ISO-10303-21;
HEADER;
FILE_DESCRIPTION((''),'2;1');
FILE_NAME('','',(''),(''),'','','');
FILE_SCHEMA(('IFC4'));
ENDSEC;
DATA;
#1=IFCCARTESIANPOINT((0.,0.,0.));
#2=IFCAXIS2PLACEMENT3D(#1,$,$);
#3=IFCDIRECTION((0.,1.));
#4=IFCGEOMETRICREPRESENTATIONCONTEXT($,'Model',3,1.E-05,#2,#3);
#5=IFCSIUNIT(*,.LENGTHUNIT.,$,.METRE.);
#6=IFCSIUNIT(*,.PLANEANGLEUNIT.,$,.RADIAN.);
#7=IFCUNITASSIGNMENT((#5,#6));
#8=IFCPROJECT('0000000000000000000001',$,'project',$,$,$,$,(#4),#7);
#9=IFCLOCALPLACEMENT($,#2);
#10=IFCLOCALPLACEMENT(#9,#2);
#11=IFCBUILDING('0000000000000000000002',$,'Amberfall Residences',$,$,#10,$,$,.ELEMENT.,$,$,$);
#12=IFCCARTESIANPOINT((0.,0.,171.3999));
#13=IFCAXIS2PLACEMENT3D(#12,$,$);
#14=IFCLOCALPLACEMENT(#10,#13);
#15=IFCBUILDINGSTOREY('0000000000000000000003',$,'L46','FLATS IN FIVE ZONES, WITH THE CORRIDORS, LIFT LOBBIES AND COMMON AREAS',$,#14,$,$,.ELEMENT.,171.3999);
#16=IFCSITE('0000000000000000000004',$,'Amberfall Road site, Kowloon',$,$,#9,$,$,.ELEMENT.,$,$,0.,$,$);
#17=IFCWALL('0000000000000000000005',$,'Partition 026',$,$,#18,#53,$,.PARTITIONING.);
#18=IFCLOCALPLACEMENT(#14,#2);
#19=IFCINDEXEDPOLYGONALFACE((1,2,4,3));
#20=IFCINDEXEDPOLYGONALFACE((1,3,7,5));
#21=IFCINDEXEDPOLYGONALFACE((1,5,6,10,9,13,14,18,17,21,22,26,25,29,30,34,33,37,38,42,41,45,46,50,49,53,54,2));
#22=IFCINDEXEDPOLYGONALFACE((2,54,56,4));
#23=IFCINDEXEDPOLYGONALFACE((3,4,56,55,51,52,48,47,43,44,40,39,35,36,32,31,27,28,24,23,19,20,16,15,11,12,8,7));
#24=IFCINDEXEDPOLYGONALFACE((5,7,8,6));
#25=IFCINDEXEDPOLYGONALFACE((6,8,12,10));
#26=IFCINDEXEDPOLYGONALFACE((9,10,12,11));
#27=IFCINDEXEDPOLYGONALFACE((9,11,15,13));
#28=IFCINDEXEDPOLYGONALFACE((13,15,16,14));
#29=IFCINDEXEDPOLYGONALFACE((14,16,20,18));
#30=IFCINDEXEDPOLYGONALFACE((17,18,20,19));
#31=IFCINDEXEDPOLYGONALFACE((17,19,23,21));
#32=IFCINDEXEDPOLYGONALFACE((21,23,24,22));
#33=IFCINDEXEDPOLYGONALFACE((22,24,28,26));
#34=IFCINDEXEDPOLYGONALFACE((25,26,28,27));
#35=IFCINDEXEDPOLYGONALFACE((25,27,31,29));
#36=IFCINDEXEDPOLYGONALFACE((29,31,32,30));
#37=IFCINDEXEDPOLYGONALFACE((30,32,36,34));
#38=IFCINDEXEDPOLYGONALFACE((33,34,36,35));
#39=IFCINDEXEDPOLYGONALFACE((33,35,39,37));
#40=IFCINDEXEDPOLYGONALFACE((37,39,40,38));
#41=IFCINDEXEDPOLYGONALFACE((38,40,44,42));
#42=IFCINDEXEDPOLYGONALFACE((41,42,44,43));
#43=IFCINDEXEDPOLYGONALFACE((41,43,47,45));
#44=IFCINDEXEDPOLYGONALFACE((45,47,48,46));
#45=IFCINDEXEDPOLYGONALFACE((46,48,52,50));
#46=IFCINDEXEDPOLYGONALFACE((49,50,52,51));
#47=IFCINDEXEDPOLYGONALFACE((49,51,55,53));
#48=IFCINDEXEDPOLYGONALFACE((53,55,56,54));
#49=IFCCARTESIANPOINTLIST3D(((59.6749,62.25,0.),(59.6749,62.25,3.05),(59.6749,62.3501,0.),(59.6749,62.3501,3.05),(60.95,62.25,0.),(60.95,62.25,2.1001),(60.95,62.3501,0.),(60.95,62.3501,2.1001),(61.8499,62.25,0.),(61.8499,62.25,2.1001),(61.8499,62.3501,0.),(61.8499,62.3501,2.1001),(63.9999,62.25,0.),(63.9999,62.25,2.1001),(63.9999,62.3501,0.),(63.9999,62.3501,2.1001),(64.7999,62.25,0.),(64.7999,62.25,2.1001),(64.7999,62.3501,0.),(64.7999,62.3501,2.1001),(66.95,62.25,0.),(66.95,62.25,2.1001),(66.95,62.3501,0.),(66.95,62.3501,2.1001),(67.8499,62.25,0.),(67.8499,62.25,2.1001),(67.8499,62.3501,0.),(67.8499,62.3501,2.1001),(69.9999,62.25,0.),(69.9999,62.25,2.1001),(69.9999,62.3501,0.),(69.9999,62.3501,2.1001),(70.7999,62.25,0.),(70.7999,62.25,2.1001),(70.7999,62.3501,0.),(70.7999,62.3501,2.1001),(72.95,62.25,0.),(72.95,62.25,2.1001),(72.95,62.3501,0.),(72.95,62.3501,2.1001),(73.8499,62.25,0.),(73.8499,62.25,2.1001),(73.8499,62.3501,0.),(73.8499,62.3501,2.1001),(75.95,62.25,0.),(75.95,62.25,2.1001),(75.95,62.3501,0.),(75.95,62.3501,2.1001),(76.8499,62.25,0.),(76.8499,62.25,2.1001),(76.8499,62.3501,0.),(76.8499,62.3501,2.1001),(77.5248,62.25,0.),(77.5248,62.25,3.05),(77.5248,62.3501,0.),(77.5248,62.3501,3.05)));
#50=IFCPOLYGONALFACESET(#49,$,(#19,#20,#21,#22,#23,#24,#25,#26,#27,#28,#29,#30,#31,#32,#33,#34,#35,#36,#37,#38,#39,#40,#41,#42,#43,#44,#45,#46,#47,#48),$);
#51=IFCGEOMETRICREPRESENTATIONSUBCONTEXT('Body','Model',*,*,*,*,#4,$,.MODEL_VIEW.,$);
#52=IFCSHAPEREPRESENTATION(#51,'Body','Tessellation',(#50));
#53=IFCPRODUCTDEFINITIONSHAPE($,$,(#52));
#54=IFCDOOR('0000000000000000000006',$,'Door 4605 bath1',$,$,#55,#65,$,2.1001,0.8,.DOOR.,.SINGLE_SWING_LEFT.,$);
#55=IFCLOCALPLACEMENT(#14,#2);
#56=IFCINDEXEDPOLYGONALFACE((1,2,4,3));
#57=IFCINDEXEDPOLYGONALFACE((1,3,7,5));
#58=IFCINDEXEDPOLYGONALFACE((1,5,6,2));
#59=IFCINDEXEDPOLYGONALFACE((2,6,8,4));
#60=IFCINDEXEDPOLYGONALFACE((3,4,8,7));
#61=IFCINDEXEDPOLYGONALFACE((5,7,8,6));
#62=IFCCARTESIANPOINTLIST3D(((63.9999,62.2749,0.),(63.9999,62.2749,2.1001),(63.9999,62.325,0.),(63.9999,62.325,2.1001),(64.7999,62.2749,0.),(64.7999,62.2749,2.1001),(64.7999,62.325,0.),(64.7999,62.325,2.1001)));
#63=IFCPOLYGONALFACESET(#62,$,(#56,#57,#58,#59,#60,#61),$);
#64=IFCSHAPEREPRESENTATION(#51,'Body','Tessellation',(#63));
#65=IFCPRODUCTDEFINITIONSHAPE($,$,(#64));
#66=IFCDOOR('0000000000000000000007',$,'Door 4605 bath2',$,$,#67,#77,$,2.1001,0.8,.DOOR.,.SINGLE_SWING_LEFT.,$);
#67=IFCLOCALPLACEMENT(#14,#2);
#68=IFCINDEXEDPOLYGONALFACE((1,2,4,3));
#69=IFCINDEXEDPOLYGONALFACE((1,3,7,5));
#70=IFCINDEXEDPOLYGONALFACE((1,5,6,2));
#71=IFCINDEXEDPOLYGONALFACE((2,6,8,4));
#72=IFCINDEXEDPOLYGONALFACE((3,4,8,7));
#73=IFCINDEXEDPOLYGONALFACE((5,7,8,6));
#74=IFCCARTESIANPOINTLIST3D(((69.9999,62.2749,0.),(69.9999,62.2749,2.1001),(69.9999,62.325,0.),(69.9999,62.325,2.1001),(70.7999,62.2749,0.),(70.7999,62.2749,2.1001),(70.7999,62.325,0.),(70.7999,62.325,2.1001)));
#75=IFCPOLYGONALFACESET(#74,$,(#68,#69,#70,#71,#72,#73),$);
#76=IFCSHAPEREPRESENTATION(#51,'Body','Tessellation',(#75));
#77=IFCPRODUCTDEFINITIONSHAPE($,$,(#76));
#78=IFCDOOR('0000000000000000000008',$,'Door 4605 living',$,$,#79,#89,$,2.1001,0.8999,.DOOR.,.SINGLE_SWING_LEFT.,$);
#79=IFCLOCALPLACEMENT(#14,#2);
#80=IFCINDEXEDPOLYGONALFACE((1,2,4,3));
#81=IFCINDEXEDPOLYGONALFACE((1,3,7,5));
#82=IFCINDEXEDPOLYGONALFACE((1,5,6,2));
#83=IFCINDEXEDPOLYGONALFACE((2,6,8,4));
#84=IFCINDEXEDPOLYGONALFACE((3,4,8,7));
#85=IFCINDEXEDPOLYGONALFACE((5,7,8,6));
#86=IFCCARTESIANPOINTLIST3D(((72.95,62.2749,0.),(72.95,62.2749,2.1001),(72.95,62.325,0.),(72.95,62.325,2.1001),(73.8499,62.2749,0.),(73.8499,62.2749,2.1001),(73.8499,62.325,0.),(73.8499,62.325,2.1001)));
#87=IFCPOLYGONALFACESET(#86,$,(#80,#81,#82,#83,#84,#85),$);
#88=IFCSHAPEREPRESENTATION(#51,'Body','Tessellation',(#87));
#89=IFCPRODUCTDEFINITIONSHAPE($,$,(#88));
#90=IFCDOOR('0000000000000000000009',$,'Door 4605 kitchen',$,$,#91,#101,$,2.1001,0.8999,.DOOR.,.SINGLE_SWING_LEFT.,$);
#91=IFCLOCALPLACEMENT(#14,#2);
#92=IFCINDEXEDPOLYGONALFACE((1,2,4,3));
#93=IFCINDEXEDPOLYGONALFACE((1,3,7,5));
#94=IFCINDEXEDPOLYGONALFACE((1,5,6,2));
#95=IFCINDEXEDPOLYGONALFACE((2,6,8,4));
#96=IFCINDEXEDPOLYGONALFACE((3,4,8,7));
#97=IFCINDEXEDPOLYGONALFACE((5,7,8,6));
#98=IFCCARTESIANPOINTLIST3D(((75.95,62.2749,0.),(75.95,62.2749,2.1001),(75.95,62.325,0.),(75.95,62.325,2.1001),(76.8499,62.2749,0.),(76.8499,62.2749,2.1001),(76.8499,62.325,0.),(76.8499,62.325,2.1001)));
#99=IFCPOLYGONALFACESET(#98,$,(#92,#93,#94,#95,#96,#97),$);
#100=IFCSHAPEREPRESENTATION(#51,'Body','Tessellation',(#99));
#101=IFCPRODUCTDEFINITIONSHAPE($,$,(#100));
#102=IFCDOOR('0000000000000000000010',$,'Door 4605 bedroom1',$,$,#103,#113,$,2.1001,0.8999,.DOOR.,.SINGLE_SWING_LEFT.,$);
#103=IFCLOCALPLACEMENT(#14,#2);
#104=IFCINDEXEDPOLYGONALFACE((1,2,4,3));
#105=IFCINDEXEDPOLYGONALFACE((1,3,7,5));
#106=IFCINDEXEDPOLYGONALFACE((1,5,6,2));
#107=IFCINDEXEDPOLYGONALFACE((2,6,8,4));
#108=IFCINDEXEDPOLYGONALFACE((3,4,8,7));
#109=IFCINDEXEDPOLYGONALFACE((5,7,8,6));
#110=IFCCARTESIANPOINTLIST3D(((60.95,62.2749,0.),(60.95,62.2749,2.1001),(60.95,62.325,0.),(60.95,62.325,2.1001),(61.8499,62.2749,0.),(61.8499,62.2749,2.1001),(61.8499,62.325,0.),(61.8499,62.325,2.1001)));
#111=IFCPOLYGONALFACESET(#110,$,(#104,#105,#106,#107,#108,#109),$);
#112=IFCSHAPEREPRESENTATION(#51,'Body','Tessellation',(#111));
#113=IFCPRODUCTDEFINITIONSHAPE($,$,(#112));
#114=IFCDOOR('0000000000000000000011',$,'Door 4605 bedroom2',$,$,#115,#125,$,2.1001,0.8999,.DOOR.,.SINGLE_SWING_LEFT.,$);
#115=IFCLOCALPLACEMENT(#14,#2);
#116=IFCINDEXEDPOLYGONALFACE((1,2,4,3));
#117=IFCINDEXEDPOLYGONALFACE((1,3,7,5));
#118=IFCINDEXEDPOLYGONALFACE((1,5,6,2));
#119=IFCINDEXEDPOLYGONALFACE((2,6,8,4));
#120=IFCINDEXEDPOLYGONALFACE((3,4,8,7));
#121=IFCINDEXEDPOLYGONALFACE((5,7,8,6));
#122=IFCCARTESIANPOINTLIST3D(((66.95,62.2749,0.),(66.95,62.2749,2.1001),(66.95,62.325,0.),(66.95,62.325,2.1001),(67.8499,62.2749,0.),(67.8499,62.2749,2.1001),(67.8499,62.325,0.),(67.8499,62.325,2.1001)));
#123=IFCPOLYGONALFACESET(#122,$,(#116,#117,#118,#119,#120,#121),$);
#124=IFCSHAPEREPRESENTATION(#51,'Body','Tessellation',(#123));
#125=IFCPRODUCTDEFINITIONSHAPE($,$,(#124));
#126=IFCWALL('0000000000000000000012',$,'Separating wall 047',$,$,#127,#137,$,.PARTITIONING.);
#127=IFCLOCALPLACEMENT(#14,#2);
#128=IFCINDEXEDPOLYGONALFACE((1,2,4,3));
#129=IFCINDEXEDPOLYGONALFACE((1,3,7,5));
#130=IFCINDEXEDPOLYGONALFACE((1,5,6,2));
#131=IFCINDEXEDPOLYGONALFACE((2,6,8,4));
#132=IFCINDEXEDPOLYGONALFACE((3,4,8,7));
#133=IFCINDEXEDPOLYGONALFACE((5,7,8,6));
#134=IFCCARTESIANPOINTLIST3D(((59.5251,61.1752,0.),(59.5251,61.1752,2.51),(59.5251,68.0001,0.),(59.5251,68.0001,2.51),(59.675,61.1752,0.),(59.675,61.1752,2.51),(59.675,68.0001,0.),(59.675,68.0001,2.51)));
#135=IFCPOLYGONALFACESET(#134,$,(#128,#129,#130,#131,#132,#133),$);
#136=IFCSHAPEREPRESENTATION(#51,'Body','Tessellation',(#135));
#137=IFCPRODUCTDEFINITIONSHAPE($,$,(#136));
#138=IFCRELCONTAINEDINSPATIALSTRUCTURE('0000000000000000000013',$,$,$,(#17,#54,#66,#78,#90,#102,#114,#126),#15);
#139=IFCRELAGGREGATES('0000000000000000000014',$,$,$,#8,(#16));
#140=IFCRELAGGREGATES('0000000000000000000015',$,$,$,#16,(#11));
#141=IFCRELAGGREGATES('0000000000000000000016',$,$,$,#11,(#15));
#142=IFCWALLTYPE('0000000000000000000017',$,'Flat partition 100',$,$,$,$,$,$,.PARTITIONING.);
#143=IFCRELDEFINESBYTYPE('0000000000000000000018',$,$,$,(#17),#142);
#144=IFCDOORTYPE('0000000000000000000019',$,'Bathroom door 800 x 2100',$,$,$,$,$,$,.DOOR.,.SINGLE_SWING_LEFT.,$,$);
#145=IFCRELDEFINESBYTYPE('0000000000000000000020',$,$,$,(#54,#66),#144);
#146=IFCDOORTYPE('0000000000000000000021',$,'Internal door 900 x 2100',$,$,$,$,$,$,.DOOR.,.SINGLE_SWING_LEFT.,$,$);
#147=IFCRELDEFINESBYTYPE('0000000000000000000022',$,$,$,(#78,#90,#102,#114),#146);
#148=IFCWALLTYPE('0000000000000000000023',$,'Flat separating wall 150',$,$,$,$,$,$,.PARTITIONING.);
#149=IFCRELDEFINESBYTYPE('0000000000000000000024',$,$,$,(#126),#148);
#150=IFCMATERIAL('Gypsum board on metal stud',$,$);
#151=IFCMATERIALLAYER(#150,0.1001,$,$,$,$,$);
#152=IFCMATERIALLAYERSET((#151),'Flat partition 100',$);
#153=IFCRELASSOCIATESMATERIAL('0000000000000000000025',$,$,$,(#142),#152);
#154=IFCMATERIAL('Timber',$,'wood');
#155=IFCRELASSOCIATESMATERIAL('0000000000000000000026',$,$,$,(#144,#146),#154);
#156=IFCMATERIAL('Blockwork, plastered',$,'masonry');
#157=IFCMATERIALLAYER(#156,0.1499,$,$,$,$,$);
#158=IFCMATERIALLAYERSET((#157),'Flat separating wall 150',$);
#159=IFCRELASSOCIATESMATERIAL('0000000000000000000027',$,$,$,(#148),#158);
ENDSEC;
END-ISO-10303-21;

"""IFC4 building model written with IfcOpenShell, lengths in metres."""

from ifc_helpers import new_model, si_unit, direction, frame, frame_2d, origin, place, context, subcontext, project, spatial, rectangle, extrude, material, layer, layer_set, type_object, element, fill, save


model = new_model("IFC4")

# Units and contexts
model_context = context("Model", 3, precision=1e-05, world=origin(), true_north=direction((0.0, 1.0)))
body_context = subcontext(model_context, "Body", "Model", "MODEL_VIEW")
ifc_project = project(units=[si_unit("LENGTHUNIT", "METRE"), si_unit("PLANEANGLEUNIT", "RADIAN")], contexts=[model_context])

# Site, building, storey
site_placement = place(None, origin())
site = spatial("IfcSite", under=ifc_project, at=site_placement, Name="Amberfall Road site, Kowloon", CompositionType="ELEMENT", RefElevation=0.0)
building_placement = place(site_placement, origin())
building = spatial("IfcBuilding", under=site, at=building_placement, Name="Amberfall Residences", CompositionType="ELEMENT")
storey_placement = place(building_placement, frame((0.0, 0.0, 171.3999)))
storey = spatial("IfcBuildingStorey", under=building, at=storey_placement, Name="L46", Description="FLATS IN FIVE ZONES, WITH THE CORRIDORS, LIFT LOBBIES AND COMMON AREAS", CompositionType="ELEMENT", Elevation=171.3999)

# Shared definitions
ifc_material_1 = material(Name="Gypsum board on metal stud")
ifc_layer_1 = layer(ifc_material_1, 0.1001)
ifc_layer_set_1 = layer_set([ifc_layer_1], Name="Flat partition 100")
wall_type_1 = type_object("IfcWallType", Name="Flat partition 100", PredefinedType="PARTITIONING", material=ifc_layer_set_1)

# Wall, openings, doors
wall_1_placement = place(storey_placement, frame((59.675, 62.3, 0.0), z_axis=(0.0, 0.0, 1.0), x_axis=(1.0, 0.0, 0.0)))
wall_1 = element("IfcWall", 1, at=wall_1_placement, inside=storey, type_object=wall_type_1, Name="Partition 026", PredefinedType="PARTITIONING", context=body_context, shape_type="SweptSolid", body=[
    extrude(rectangle(XDim=17.8499, YDim=0.1001, at=frame_2d((8.9248, 0.0))), origin(), (0.0, 0.0, 1.0), 3.05),
])
opening_1_placement = place(wall_1_placement, frame((13.2749, 0.0, 0.0)))
opening_1 = element("IfcOpeningElement", 2, at=opening_1_placement, cuts=wall_1, PredefinedType="OPENING", context=body_context, shape_type="SweptSolid", body=[
    extrude(rectangle(XDim=0.8999, YDim=2.1001, at=frame_2d((0.45, 1.05))), frame((0.0, 0.0601, 0.0), z_axis=(0.0, -1.0, 0.0), x_axis=(1.0, 0.0, 0.0)), (0.0, 0.0, 1.0), 0.1201),
])
opening_2_placement = place(wall_1_placement, frame((16.2749, 0.0, 0.0)))
opening_2 = element("IfcOpeningElement", 3, at=opening_2_placement, cuts=wall_1, PredefinedType="OPENING", context=body_context, shape_type="SweptSolid", body=[
    extrude(rectangle(XDim=0.8999, YDim=2.1001, at=frame_2d((0.45, 1.05))), frame((0.0, 0.0601, 0.0), z_axis=(0.0, -1.0, 0.0), x_axis=(1.0, 0.0, 0.0)), (0.0, 0.0, 1.0), 0.1201),
])
opening_3_placement = place(wall_1_placement, frame((1.2749, 0.0, 0.0)))
opening_3 = element("IfcOpeningElement", 4, at=opening_3_placement, cuts=wall_1, PredefinedType="OPENING", context=body_context, shape_type="SweptSolid", body=[
    extrude(rectangle(XDim=0.8999, YDim=2.1001, at=frame_2d((0.45, 1.05))), frame((0.0, 0.0601, 0.0), z_axis=(0.0, -1.0, 0.0), x_axis=(1.0, 0.0, 0.0)), (0.0, 0.0, 1.0), 0.1201),
])
opening_4_placement = place(wall_1_placement, frame((7.2749, 0.0, 0.0)))
opening_4 = element("IfcOpeningElement", 5, at=opening_4_placement, cuts=wall_1, PredefinedType="OPENING", context=body_context, shape_type="SweptSolid", body=[
    extrude(rectangle(XDim=0.8999, YDim=2.1001, at=frame_2d((0.45, 1.05))), frame((0.0, 0.0601, 0.0), z_axis=(0.0, -1.0, 0.0), x_axis=(1.0, 0.0, 0.0)), (0.0, 0.0, 1.0), 0.1201),
])
opening_5_placement = place(wall_1_placement, frame((4.325, 0.0, 0.0)))
opening_5 = element("IfcOpeningElement", 6, at=opening_5_placement, cuts=wall_1, PredefinedType="OPENING", context=body_context, shape_type="SweptSolid", body=[
    extrude(rectangle(XDim=0.8, YDim=2.1001, at=frame_2d((0.3999, 1.05))), frame((0.0, 0.0601, 0.0), z_axis=(0.0, -1.0, 0.0), x_axis=(1.0, 0.0, 0.0)), (0.0, 0.0, 1.0), 0.1201),
])
opening_6_placement = place(wall_1_placement, frame((10.325, 0.0, 0.0)))
opening_6 = element("IfcOpeningElement", 7, at=opening_6_placement, cuts=wall_1, PredefinedType="OPENING", context=body_context, shape_type="SweptSolid", body=[
    extrude(rectangle(XDim=0.8, YDim=2.1001, at=frame_2d((0.3999, 1.05))), frame((0.0, 0.0601, 0.0), z_axis=(0.0, -1.0, 0.0), x_axis=(1.0, 0.0, 0.0)), (0.0, 0.0, 1.0), 0.1201),
])
ifc_material_2 = material(Name="Timber", Category="wood")
door_type_1 = type_object("IfcDoorType", Name="Bathroom door 800 x 2100", OperationType="SINGLE_SWING_LEFT", PredefinedType="DOOR", material=ifc_material_2)
door_1_placement = place(opening_5_placement, origin())
door_1 = element("IfcDoor", 8, at=door_1_placement, inside=storey, type_object=door_type_1, Name="Door 4605 bath1", OperationType="SINGLE_SWING_LEFT", OverallHeight=2.1001, OverallWidth=0.8, PredefinedType="DOOR", context=body_context, shape_type="SweptSolid", body=[
    extrude(rectangle(XDim=0.8, YDim=2.1001, at=frame_2d((0.3999, 1.05))), frame((0.0, 0.0249, 0.0), z_axis=(0.0, -1.0, 0.0), x_axis=(1.0, 0.0, 0.0)), (0.0, 0.0, 1.0), 0.05),
])
fill(opening_5, door_1)
door_2_placement = place(opening_6_placement, origin())
door_2 = element("IfcDoor", 9, at=door_2_placement, inside=storey, type_object=door_type_1, Name="Door 4605 bath2", OperationType="SINGLE_SWING_LEFT", OverallHeight=2.1001, OverallWidth=0.8, PredefinedType="DOOR", context=body_context, shape_type="SweptSolid", body=[
    extrude(rectangle(XDim=0.8, YDim=2.1001, at=frame_2d((0.3999, 1.05))), frame((0.0, 0.0249, 0.0), z_axis=(0.0, -1.0, 0.0), x_axis=(1.0, 0.0, 0.0)), (0.0, 0.0, 1.0), 0.05),
])
fill(opening_6, door_2)
door_type_2 = type_object("IfcDoorType", Name="Internal door 900 x 2100", OperationType="SINGLE_SWING_LEFT", PredefinedType="DOOR", material=ifc_material_2)
door_3_placement = place(opening_1_placement, origin())
door_3 = element("IfcDoor", 10, at=door_3_placement, inside=storey, type_object=door_type_2, Name="Door 4605 living", OperationType="SINGLE_SWING_LEFT", OverallHeight=2.1001, OverallWidth=0.8999, PredefinedType="DOOR", context=body_context, shape_type="SweptSolid", body=[
    extrude(rectangle(XDim=0.8999, YDim=2.1001, at=frame_2d((0.45, 1.05))), frame((0.0, 0.0249, 0.0), z_axis=(0.0, -1.0, 0.0), x_axis=(1.0, 0.0, 0.0)), (0.0, 0.0, 1.0), 0.05),
])
fill(opening_1, door_3)
door_4_placement = place(opening_2_placement, origin())
door_4 = element("IfcDoor", 11, at=door_4_placement, inside=storey, type_object=door_type_2, Name="Door 4605 kitchen", OperationType="SINGLE_SWING_LEFT", OverallHeight=2.1001, OverallWidth=0.8999, PredefinedType="DOOR", context=body_context, shape_type="SweptSolid", body=[
    extrude(rectangle(XDim=0.8999, YDim=2.1001, at=frame_2d((0.45, 1.05))), frame((0.0, 0.0249, 0.0), z_axis=(0.0, -1.0, 0.0), x_axis=(1.0, 0.0, 0.0)), (0.0, 0.0, 1.0), 0.05),
])
fill(opening_2, door_4)
door_5_placement = place(opening_3_placement, origin())
door_5 = element("IfcDoor", 12, at=door_5_placement, inside=storey, type_object=door_type_2, Name="Door 4605 bedroom1", OperationType="SINGLE_SWING_LEFT", OverallHeight=2.1001, OverallWidth=0.8999, PredefinedType="DOOR", context=body_context, shape_type="SweptSolid", body=[
    extrude(rectangle(XDim=0.8999, YDim=2.1001, at=frame_2d((0.45, 1.05))), frame((0.0, 0.0249, 0.0), z_axis=(0.0, -1.0, 0.0), x_axis=(1.0, 0.0, 0.0)), (0.0, 0.0, 1.0), 0.05),
])
fill(opening_3, door_5)
door_6_placement = place(opening_4_placement, origin())
door_6 = element("IfcDoor", 13, at=door_6_placement, inside=storey, type_object=door_type_2, Name="Door 4605 bedroom2", OperationType="SINGLE_SWING_LEFT", OverallHeight=2.1001, OverallWidth=0.8999, PredefinedType="DOOR", context=body_context, shape_type="SweptSolid", body=[
    extrude(rectangle(XDim=0.8999, YDim=2.1001, at=frame_2d((0.45, 1.05))), frame((0.0, 0.0249, 0.0), z_axis=(0.0, -1.0, 0.0), x_axis=(1.0, 0.0, 0.0)), (0.0, 0.0, 1.0), 0.05),
])
fill(opening_4, door_6)

# Wall
ifc_material_3 = material(Name="Blockwork, plastered", Category="masonry")
ifc_layer_2 = layer(ifc_material_3, 0.1499)
ifc_layer_set_2 = layer_set([ifc_layer_2], Name="Flat separating wall 150")
wall_type_2 = type_object("IfcWallType", Name="Flat separating wall 150", PredefinedType="PARTITIONING", material=ifc_layer_set_2)
wall_2_placement = place(storey_placement, frame((59.6001, 61.175, 0.0), z_axis=(0.0, 0.0, 1.0), x_axis=(0.0, 1.0, 0.0)))
element("IfcWall", 14, at=wall_2_placement, inside=storey, type_object=wall_type_2, Name="Separating wall 047", PredefinedType="PARTITIONING", context=body_context, shape_type="SweptSolid", body=[
    extrude(rectangle(XDim=6.825, YDim=0.1499, at=frame_2d((3.4126, 0.0))), origin(), (0.0, 0.0, 1.0), 2.51),
])

save(model, "model.ifc")
